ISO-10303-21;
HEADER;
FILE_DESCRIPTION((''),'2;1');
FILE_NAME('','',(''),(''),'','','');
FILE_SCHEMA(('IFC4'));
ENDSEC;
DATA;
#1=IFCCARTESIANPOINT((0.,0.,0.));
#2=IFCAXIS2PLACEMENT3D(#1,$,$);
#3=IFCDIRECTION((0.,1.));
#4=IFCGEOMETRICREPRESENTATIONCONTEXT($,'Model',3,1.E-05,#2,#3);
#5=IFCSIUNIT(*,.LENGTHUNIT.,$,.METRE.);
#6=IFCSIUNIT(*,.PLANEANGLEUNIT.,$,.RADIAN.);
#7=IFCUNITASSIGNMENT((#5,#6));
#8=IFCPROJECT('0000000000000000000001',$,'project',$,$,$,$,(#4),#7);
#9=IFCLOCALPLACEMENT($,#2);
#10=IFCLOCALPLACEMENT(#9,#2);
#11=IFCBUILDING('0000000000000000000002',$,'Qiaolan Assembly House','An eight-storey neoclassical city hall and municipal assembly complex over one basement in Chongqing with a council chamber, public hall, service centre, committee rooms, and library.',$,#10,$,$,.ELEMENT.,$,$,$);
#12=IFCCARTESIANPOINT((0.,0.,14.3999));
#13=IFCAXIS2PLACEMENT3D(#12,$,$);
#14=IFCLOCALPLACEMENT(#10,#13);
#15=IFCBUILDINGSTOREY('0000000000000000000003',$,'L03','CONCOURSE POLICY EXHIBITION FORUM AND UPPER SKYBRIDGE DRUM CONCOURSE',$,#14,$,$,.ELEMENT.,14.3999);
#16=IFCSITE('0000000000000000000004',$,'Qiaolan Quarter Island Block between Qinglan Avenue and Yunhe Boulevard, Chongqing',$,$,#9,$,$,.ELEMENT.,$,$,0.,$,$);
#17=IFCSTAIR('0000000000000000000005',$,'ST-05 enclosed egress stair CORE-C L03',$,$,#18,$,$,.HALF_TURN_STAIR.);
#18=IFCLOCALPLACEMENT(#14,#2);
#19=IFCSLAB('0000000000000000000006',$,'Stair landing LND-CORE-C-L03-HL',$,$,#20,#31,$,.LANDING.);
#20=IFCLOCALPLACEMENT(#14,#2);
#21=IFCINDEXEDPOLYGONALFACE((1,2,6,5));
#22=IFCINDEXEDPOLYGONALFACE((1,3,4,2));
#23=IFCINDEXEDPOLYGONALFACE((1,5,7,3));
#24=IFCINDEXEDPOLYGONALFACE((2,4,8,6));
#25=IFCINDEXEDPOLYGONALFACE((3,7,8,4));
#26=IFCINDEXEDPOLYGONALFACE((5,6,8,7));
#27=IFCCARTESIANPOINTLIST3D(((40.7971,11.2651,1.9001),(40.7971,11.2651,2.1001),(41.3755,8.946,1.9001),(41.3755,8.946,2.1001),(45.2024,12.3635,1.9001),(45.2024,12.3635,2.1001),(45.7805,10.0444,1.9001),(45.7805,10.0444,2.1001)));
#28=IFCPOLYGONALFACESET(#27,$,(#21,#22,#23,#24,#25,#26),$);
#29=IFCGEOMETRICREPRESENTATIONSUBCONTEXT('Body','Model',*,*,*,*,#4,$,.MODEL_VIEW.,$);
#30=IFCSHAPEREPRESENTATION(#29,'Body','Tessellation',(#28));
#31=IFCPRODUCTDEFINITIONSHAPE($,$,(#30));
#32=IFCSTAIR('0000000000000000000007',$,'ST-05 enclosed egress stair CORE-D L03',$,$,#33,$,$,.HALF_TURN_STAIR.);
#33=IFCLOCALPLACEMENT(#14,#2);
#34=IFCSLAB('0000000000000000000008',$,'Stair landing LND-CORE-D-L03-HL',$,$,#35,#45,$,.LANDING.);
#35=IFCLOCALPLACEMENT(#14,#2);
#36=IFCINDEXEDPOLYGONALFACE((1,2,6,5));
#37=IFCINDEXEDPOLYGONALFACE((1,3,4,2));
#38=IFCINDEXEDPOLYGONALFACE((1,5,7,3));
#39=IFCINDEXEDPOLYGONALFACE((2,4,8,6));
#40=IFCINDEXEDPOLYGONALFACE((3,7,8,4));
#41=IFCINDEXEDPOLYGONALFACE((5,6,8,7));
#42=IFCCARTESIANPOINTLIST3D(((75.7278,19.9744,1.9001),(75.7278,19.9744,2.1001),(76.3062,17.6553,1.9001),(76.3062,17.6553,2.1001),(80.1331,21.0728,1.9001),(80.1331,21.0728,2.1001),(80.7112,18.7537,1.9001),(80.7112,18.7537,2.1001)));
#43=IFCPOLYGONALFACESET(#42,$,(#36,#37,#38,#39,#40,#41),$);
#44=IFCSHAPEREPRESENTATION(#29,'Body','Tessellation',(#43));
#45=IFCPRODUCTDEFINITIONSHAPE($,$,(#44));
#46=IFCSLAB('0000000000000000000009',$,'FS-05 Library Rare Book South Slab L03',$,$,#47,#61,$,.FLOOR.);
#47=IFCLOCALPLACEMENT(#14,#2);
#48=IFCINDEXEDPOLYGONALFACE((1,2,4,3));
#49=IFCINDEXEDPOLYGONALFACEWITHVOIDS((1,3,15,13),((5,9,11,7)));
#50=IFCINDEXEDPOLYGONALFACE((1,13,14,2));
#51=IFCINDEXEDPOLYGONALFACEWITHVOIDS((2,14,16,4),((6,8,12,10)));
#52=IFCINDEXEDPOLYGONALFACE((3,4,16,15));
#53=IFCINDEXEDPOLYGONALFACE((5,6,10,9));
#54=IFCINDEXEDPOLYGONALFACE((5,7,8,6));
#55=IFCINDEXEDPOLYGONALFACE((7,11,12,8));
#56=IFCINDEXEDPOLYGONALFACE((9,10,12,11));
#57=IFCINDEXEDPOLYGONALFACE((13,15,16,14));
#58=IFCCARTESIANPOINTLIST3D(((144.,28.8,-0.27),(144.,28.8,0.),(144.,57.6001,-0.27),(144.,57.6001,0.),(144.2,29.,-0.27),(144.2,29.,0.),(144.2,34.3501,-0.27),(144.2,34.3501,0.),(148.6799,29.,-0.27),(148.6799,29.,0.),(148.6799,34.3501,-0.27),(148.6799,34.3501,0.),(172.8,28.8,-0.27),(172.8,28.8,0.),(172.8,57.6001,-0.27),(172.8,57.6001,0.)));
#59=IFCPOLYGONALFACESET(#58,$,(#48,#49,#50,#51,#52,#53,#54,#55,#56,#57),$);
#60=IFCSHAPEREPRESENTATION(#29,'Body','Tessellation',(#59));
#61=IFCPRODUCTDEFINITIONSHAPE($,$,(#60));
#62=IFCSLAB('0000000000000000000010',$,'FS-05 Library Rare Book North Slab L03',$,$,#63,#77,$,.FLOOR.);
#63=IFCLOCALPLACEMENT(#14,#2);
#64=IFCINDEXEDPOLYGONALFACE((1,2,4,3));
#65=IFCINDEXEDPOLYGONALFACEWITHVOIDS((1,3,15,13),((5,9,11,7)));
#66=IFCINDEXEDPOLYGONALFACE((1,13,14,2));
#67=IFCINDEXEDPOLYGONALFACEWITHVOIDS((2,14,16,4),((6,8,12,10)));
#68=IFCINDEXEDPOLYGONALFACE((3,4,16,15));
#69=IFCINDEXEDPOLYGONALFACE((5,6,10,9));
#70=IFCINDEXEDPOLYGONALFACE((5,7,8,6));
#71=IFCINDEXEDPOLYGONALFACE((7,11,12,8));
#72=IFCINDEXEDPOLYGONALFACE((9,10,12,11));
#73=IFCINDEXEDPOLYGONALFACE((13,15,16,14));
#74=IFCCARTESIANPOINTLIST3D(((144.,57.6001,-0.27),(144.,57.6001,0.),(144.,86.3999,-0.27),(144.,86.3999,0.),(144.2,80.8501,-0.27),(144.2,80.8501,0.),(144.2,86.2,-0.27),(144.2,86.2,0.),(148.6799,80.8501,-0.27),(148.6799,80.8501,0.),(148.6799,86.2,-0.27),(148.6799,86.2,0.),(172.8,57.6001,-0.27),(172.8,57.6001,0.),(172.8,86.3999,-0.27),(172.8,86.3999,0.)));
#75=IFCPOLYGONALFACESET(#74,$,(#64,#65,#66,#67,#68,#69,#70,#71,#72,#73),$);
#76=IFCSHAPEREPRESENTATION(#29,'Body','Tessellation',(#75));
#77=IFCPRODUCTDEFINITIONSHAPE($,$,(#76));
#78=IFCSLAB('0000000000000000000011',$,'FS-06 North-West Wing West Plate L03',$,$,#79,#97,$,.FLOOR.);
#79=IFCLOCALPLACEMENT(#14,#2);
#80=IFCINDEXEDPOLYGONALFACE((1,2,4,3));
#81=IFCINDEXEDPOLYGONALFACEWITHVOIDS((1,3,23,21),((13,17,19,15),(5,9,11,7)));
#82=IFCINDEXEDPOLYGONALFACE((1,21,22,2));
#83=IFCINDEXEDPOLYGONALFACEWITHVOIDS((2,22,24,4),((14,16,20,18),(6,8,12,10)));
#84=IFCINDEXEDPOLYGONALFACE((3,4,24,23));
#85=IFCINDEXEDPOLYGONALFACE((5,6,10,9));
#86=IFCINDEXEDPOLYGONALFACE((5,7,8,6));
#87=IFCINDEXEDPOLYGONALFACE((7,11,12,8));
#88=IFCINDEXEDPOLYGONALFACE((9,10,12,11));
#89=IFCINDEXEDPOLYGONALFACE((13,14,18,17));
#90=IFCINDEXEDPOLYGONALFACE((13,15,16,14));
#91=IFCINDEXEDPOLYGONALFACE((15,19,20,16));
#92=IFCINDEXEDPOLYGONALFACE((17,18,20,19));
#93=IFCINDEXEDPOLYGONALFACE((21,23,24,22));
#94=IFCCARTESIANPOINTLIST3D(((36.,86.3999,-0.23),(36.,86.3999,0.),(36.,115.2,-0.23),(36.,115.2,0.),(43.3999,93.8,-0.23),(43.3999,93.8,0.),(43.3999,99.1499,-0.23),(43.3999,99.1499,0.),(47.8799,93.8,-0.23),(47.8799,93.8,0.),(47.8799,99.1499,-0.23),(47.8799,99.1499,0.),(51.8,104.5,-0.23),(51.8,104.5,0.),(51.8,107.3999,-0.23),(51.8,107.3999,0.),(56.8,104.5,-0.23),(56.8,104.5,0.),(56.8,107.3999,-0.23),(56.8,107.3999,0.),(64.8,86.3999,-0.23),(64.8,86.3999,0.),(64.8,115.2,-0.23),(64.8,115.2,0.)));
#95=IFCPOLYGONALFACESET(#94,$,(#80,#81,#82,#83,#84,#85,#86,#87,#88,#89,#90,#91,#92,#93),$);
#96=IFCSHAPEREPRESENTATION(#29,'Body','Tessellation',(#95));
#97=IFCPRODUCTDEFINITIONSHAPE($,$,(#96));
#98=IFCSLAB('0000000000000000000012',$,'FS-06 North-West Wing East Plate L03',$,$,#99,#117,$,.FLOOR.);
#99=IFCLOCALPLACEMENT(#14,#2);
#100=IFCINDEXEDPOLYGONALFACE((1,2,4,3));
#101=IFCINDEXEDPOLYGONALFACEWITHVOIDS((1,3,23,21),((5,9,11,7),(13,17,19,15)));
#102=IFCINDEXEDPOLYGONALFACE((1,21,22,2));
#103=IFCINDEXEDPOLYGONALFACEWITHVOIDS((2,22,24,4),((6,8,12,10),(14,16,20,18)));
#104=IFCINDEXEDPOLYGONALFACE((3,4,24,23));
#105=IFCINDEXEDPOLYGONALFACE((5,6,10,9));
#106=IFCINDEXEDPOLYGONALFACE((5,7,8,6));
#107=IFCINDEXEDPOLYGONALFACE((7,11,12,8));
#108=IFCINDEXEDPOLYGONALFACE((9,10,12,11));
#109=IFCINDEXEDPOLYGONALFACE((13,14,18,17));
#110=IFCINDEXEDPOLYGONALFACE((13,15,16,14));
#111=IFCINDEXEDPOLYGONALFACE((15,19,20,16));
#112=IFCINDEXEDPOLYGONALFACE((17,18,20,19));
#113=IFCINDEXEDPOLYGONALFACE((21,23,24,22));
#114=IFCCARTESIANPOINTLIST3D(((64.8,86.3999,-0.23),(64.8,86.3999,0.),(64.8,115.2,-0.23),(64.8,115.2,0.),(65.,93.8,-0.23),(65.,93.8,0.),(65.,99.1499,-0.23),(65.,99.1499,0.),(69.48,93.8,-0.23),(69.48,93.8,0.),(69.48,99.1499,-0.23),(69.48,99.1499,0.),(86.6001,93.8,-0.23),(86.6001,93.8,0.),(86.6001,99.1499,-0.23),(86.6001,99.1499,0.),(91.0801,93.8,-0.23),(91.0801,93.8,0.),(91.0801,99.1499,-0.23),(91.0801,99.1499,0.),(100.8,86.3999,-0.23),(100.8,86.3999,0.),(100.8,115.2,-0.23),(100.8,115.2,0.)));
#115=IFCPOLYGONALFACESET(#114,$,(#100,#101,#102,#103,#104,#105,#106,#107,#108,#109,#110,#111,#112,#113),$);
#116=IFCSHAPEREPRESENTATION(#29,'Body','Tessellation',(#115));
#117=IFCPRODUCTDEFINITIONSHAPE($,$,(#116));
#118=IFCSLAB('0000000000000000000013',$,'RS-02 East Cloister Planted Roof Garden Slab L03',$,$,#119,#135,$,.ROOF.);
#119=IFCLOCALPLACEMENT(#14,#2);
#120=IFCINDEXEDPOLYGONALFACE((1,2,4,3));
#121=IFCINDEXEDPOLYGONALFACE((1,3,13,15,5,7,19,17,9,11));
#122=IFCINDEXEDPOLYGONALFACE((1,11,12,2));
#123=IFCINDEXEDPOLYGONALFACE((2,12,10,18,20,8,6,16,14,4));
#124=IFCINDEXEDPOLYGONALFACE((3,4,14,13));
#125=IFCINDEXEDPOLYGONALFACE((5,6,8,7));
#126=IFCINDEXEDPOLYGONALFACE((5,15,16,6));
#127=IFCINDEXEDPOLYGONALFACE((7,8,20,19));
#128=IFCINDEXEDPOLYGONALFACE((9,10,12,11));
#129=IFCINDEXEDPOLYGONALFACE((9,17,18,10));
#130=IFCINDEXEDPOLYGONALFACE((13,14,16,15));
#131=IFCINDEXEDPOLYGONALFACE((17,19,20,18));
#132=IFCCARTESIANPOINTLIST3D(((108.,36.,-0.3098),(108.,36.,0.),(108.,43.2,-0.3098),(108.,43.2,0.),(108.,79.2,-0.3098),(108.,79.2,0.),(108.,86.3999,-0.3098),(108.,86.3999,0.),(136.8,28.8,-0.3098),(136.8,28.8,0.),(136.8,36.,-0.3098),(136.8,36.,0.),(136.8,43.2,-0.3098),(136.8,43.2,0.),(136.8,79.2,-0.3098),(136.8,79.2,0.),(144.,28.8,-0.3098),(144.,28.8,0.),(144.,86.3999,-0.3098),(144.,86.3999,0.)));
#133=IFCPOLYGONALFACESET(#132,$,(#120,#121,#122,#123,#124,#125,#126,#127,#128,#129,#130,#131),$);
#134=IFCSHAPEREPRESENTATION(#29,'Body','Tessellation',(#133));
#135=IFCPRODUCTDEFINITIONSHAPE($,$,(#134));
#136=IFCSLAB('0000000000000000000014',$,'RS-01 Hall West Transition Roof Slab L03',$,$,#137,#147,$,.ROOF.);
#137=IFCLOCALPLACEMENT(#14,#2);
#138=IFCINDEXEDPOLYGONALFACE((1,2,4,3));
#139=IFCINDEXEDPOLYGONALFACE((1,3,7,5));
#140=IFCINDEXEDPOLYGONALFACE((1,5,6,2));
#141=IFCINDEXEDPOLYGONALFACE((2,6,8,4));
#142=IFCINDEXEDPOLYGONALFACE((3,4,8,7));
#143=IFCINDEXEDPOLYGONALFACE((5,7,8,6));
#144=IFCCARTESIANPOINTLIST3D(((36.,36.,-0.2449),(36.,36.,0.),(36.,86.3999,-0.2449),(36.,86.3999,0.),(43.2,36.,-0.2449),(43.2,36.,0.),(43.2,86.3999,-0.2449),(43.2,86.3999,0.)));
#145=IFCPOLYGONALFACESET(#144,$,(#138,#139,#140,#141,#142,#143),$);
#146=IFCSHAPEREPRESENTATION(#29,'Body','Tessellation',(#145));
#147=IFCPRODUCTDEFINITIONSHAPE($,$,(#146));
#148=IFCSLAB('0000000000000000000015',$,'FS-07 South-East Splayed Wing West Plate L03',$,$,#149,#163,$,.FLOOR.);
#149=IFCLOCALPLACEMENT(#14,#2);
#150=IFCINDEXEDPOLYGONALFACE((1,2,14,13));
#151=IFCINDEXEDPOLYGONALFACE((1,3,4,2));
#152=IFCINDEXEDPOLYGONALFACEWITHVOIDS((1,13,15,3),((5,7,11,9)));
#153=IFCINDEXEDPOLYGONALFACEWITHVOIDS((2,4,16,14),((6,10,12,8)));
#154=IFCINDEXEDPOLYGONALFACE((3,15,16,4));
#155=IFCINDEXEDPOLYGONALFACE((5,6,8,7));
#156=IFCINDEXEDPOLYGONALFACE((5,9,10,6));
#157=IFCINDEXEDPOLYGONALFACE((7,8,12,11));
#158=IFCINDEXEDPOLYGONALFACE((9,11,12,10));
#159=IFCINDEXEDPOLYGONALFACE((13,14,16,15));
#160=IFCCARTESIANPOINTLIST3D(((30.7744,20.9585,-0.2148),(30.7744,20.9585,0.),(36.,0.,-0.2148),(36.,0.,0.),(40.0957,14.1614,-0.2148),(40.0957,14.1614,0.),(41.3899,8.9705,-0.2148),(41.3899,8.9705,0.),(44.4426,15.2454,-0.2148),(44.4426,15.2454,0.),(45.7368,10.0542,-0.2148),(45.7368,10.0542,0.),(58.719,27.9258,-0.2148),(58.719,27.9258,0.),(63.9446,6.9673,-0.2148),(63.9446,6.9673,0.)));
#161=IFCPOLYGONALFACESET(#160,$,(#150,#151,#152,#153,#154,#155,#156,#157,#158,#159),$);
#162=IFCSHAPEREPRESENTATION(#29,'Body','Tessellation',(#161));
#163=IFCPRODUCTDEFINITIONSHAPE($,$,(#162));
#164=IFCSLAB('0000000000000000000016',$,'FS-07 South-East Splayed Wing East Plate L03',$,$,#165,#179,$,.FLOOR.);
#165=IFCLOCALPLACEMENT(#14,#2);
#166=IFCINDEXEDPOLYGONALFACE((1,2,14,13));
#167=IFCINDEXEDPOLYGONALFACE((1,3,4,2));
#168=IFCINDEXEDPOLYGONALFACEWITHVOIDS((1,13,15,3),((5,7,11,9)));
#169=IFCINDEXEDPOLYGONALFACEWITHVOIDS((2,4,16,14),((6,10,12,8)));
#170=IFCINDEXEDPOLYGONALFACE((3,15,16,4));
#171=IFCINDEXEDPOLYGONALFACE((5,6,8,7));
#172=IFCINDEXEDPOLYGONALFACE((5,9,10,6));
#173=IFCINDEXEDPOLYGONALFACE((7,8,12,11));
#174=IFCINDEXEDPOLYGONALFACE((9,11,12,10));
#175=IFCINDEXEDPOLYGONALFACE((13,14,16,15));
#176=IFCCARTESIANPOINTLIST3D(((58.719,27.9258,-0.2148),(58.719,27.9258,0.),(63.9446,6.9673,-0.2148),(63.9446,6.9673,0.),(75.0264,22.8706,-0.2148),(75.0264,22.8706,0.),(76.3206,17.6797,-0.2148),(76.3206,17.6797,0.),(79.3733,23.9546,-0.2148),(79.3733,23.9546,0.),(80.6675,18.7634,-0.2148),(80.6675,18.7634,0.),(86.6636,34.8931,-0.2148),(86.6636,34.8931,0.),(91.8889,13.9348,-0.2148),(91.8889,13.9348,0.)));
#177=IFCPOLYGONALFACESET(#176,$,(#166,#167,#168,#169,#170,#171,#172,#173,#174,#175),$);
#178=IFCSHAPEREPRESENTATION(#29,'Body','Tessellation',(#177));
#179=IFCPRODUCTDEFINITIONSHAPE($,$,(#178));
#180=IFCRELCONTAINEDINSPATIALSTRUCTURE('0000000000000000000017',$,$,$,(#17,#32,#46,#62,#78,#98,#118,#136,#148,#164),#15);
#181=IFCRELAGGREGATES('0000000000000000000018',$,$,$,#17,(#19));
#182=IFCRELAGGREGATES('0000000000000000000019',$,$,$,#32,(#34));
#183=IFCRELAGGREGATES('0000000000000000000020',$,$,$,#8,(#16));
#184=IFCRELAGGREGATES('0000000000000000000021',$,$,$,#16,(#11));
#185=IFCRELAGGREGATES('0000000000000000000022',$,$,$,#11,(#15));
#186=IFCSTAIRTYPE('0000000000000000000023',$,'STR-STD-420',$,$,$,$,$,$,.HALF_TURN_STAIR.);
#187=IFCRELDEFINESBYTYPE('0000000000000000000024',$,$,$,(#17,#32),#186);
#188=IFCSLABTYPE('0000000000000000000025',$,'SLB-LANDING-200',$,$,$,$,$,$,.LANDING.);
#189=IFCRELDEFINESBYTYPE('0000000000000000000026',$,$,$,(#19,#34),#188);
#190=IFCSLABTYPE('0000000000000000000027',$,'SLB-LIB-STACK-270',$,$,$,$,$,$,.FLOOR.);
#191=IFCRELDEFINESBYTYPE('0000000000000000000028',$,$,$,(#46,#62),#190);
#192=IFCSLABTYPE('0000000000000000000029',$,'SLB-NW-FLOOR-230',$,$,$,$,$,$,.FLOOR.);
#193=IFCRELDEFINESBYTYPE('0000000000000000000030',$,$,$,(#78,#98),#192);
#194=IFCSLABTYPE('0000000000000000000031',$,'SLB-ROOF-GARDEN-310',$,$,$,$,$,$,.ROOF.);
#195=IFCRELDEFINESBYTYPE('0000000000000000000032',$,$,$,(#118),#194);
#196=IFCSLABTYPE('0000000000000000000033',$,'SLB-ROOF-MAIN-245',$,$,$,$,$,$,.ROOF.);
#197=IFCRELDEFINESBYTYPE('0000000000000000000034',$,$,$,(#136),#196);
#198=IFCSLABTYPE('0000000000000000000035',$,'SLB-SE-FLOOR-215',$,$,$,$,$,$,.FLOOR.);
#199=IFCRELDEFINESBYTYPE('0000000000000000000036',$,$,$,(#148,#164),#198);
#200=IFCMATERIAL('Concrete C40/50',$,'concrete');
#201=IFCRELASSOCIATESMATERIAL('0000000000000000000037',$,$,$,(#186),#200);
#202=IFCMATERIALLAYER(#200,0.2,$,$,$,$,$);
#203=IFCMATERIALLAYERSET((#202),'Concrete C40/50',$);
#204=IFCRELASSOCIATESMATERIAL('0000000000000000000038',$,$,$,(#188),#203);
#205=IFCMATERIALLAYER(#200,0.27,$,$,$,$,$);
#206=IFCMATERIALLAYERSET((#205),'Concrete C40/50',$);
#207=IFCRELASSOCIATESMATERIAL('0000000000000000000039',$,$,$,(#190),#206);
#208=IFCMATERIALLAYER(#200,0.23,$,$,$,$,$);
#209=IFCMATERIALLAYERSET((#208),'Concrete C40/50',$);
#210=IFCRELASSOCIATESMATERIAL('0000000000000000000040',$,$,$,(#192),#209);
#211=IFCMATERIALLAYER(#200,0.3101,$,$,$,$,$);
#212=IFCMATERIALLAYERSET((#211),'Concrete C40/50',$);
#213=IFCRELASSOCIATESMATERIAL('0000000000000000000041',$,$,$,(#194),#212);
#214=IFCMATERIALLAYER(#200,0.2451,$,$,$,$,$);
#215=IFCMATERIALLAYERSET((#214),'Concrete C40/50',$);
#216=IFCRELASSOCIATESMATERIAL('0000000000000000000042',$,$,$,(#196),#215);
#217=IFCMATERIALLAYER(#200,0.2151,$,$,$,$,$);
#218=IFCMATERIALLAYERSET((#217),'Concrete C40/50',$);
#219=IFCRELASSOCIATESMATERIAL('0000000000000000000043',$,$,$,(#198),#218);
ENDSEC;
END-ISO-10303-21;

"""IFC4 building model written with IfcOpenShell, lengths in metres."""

from ifc_helpers import new_model, si_unit, direction, frame, origin, place, context, subcontext, project, spatial, polyline, outline, extrude, material, layer, layer_set, type_object, element, aggregate, save


model = new_model("IFC4")

# Units and contexts
model_context = context("Model", 3, precision=1e-05, world=origin(), true_north=direction((0.0, 1.0)))
body_context = subcontext(model_context, "Body", "Model", "MODEL_VIEW")
ifc_project = project(units=[si_unit("LENGTHUNIT", "METRE"), si_unit("PLANEANGLEUNIT", "RADIAN")], contexts=[model_context])

# Site, building, storey
site_placement = place(None, origin())
site = spatial("IfcSite", under=ifc_project, at=site_placement, Name="Qiaolan Quarter Island Block between Qinglan Avenue and Yunhe Boulevard, Chongqing", CompositionType="ELEMENT", RefElevation=0.0)
building_placement = place(site_placement, origin())
building = spatial("IfcBuilding", under=site, at=building_placement, Name="Qiaolan Assembly House", Description="An eight-storey neoclassical city hall and municipal assembly complex over one basement in Chongqing with a council chamber, public hall, service centre, committee rooms, and library.", CompositionType="ELEMENT")
storey_placement = place(building_placement, frame((0.0, 0.0, 14.3999)))
storey = spatial("IfcBuildingStorey", under=building, at=storey_placement, Name="L03", Description="CONCOURSE POLICY EXHIBITION FORUM AND UPPER SKYBRIDGE DRUM CONCOURSE", CompositionType="ELEMENT", Elevation=14.3999)

# Shared definitions
ifc_material_1 = material(Name="Concrete C40/50", Category="concrete")

# Stairs, slabs
stair_type = type_object("IfcStairType", Name="STR-STD-420", PredefinedType="HALF_TURN_STAIR", material=ifc_material_1)
ifc_layer_1 = layer(ifc_material_1, 0.2)
ifc_layer_set_1 = layer_set([ifc_layer_1], Name="Concrete C40/50")
slab_type_1 = type_object("IfcSlabType", Name="SLB-LANDING-200", PredefinedType="LANDING", material=ifc_layer_set_1)
stair_1_placement = place(storey_placement, origin())
stair_1 = element("IfcStair", 1, at=stair_1_placement, inside=storey, type_object=stair_type, Name="ST-05 enclosed egress stair CORE-C L03", PredefinedType="HALF_TURN_STAIR")
slab_1_placement = place(storey_placement, frame((0.0, 0.0, 1.9001)))
slab_1 = element("IfcSlab", 2, at=slab_1_placement, type_object=slab_type_1, Name="Stair landing LND-CORE-C-L03-HL", PredefinedType="LANDING", context=body_context, shape_type="SweptSolid", body=[
    extrude(outline(polyline([(41.3755, 8.946), (40.7971, 11.2651), (45.2024, 12.3635), (45.7805, 10.0444), (41.3755, 8.946)])), origin(), (0.0, 0.0, 1.0), 0.2),
])
aggregate(stair_1, [slab_1])
stair_2_placement = place(storey_placement, origin())
stair_2 = element("IfcStair", 3, at=stair_2_placement, inside=storey, type_object=stair_type, Name="ST-05 enclosed egress stair CORE-D L03", PredefinedType="HALF_TURN_STAIR")
slab_2_placement = place(storey_placement, frame((0.0, 0.0, 1.9001)))
slab_2 = element("IfcSlab", 4, at=slab_2_placement, type_object=slab_type_1, Name="Stair landing LND-CORE-D-L03-HL", PredefinedType="LANDING", context=body_context, shape_type="SweptSolid", body=[
    extrude(outline(polyline([(76.3062, 17.6553), (75.7278, 19.9744), (80.1331, 21.0728), (80.7112, 18.7537), (76.3062, 17.6553)])), origin(), (0.0, 0.0, 1.0), 0.2),
])
aggregate(stair_2, [slab_2])

# Slabs
ifc_layer_2 = layer(ifc_material_1, 0.27)
ifc_layer_set_2 = layer_set([ifc_layer_2], Name="Concrete C40/50")
slab_type_2 = type_object("IfcSlabType", Name="SLB-LIB-STACK-270", PredefinedType="FLOOR", material=ifc_layer_set_2)
slab_3_placement = place(storey_placement, frame((0.0, 0.0, -0.27)))
element("IfcSlab", 5, at=slab_3_placement, inside=storey, type_object=slab_type_2, Name="FS-05 Library Rare Book South Slab L03", PredefinedType="FLOOR", context=body_context, shape_type="SweptSolid", body=[
    extrude(outline(polyline([(144.0, 28.8), (172.8, 28.8), (172.8, 57.6001), (144.0, 57.6001), (144.0, 28.8)]), holes=[polyline([(144.2, 29.0), (144.2, 34.3501), (148.6799, 34.3501), (148.6799, 29.0), (144.2, 29.0)])]), origin(), (0.0, 0.0, 1.0), 0.27),
])
slab_4_placement = place(storey_placement, frame((0.0, 0.0, -0.27)))
element("IfcSlab", 6, at=slab_4_placement, inside=storey, type_object=slab_type_2, Name="FS-05 Library Rare Book North Slab L03", PredefinedType="FLOOR", context=body_context, shape_type="SweptSolid", body=[
    extrude(outline(polyline([(144.0, 57.6001), (172.8, 57.6001), (172.8, 86.3999), (144.0, 86.3999), (144.0, 57.6001)]), holes=[polyline([(144.2, 80.8501), (144.2, 86.2), (148.6799, 86.2), (148.6799, 80.8501), (144.2, 80.8501)])]), origin(), (0.0, 0.0, 1.0), 0.27),
])
ifc_layer_3 = layer(ifc_material_1, 0.23)
ifc_layer_set_3 = layer_set([ifc_layer_3], Name="Concrete C40/50")
slab_type_3 = type_object("IfcSlabType", Name="SLB-NW-FLOOR-230", PredefinedType="FLOOR", material=ifc_layer_set_3)
slab_5_placement = place(storey_placement, frame((0.0, 0.0, -0.23)))
element("IfcSlab", 7, at=slab_5_placement, inside=storey, type_object=slab_type_3, Name="FS-06 North-West Wing West Plate L03", PredefinedType="FLOOR", context=body_context, shape_type="SweptSolid", body=[
    extrude(outline(polyline([(36.0, 86.3999), (64.8, 86.3999), (64.8, 115.2), (36.0, 115.2), (36.0, 86.3999)]), holes=[polyline([(43.3999, 93.8), (43.3999, 99.1499), (47.8799, 99.1499), (47.8799, 93.8), (43.3999, 93.8)]), polyline([(51.8, 104.5), (51.8, 107.3999), (56.8, 107.3999), (56.8, 104.5), (51.8, 104.5)])]), origin(), (0.0, 0.0, 1.0), 0.23),
])
slab_6_placement = place(storey_placement, frame((0.0, 0.0, -0.23)))
element("IfcSlab", 8, at=slab_6_placement, inside=storey, type_object=slab_type_3, Name="FS-06 North-West Wing East Plate L03", PredefinedType="FLOOR", context=body_context, shape_type="SweptSolid", body=[
    extrude(outline(polyline([(64.8, 86.3999), (100.8, 86.3999), (100.8, 115.2), (64.8, 115.2), (64.8, 86.3999)]), holes=[polyline([(65.0, 93.8), (65.0, 99.1499), (69.48, 99.1499), (69.48, 93.8), (65.0, 93.8)]), polyline([(86.6001, 93.8), (86.6001, 99.1499), (91.0801, 99.1499), (91.0801, 93.8), (86.6001, 93.8)])]), origin(), (0.0, 0.0, 1.0), 0.23),
])
ifc_layer_4 = layer(ifc_material_1, 0.3101)
ifc_layer_set_4 = layer_set([ifc_layer_4], Name="Concrete C40/50")
slab_type_4 = type_object("IfcSlabType", Name="SLB-ROOF-GARDEN-310", PredefinedType="ROOF", material=ifc_layer_set_4)
slab_7_placement = place(storey_placement, frame((0.0, 0.0, -0.3098)))
element("IfcSlab", 9, at=slab_7_placement, inside=storey, type_object=slab_type_4, Name="RS-02 East Cloister Planted Roof Garden Slab L03", PredefinedType="ROOF", context=body_context, shape_type="SweptSolid", body=[
    extrude(outline(polyline([(108.0, 36.0), (136.8, 36.0), (136.8, 28.8), (144.0, 28.8), (144.0, 86.3999), (108.0, 86.3999), (108.0, 79.2), (136.8, 79.2), (136.8, 43.2), (108.0, 43.2), (108.0, 36.0)])), origin(), (0.0, 0.0, 1.0), 0.3098),
])
ifc_layer_5 = layer(ifc_material_1, 0.2451)
ifc_layer_set_5 = layer_set([ifc_layer_5], Name="Concrete C40/50")
slab_type_5 = type_object("IfcSlabType", Name="SLB-ROOF-MAIN-245", PredefinedType="ROOF", material=ifc_layer_set_5)
slab_8_placement = place(storey_placement, frame((0.0, 0.0, -0.2449)))
element("IfcSlab", 10, at=slab_8_placement, inside=storey, type_object=slab_type_5, Name="RS-01 Hall West Transition Roof Slab L03", PredefinedType="ROOF", context=body_context, shape_type="SweptSolid", body=[
    extrude(outline(polyline([(36.0, 36.0), (43.2, 36.0), (43.2, 86.3999), (36.0, 86.3999), (36.0, 36.0)])), origin(), (0.0, 0.0, 1.0), 0.2449),
])
ifc_layer_6 = layer(ifc_material_1, 0.2151)
ifc_layer_set_6 = layer_set([ifc_layer_6], Name="Concrete C40/50")
slab_type_6 = type_object("IfcSlabType", Name="SLB-SE-FLOOR-215", PredefinedType="FLOOR", material=ifc_layer_set_6)
slab_9_placement = place(storey_placement, frame((0.0, 0.0, -0.2148)))
element("IfcSlab", 11, at=slab_9_placement, inside=storey, type_object=slab_type_6, Name="FS-07 South-East Splayed Wing West Plate L03", PredefinedType="FLOOR", context=body_context, shape_type="SweptSolid", body=[
    extrude(outline(polyline([(36.0, 0.0), (63.9446, 6.9673), (58.719, 27.9258), (30.7744, 20.9585), (36.0, 0.0)]), holes=[polyline([(40.0957, 14.1614), (44.4426, 15.2454), (45.7368, 10.0542), (41.3899, 8.9705), (40.0957, 14.1614)])]), origin(), (0.0, 0.0, 1.0), 0.2148),
])
slab_10_placement = place(storey_placement, frame((0.0, 0.0, -0.2148)))
element("IfcSlab", 12, at=slab_10_placement, inside=storey, type_object=slab_type_6, Name="FS-07 South-East Splayed Wing East Plate L03", PredefinedType="FLOOR", context=body_context, shape_type="SweptSolid", body=[
    extrude(outline(polyline([(63.9446, 6.9673), (91.8889, 13.9348), (86.6636, 34.8931), (58.719, 27.9258), (63.9446, 6.9673)]), holes=[polyline([(75.0264, 22.8706), (79.3733, 23.9546), (80.6675, 18.7634), (76.3206, 17.6797), (75.0264, 22.8706)])]), origin(), (0.0, 0.0, 1.0), 0.2148),
])

save(model, "model.ifc")
